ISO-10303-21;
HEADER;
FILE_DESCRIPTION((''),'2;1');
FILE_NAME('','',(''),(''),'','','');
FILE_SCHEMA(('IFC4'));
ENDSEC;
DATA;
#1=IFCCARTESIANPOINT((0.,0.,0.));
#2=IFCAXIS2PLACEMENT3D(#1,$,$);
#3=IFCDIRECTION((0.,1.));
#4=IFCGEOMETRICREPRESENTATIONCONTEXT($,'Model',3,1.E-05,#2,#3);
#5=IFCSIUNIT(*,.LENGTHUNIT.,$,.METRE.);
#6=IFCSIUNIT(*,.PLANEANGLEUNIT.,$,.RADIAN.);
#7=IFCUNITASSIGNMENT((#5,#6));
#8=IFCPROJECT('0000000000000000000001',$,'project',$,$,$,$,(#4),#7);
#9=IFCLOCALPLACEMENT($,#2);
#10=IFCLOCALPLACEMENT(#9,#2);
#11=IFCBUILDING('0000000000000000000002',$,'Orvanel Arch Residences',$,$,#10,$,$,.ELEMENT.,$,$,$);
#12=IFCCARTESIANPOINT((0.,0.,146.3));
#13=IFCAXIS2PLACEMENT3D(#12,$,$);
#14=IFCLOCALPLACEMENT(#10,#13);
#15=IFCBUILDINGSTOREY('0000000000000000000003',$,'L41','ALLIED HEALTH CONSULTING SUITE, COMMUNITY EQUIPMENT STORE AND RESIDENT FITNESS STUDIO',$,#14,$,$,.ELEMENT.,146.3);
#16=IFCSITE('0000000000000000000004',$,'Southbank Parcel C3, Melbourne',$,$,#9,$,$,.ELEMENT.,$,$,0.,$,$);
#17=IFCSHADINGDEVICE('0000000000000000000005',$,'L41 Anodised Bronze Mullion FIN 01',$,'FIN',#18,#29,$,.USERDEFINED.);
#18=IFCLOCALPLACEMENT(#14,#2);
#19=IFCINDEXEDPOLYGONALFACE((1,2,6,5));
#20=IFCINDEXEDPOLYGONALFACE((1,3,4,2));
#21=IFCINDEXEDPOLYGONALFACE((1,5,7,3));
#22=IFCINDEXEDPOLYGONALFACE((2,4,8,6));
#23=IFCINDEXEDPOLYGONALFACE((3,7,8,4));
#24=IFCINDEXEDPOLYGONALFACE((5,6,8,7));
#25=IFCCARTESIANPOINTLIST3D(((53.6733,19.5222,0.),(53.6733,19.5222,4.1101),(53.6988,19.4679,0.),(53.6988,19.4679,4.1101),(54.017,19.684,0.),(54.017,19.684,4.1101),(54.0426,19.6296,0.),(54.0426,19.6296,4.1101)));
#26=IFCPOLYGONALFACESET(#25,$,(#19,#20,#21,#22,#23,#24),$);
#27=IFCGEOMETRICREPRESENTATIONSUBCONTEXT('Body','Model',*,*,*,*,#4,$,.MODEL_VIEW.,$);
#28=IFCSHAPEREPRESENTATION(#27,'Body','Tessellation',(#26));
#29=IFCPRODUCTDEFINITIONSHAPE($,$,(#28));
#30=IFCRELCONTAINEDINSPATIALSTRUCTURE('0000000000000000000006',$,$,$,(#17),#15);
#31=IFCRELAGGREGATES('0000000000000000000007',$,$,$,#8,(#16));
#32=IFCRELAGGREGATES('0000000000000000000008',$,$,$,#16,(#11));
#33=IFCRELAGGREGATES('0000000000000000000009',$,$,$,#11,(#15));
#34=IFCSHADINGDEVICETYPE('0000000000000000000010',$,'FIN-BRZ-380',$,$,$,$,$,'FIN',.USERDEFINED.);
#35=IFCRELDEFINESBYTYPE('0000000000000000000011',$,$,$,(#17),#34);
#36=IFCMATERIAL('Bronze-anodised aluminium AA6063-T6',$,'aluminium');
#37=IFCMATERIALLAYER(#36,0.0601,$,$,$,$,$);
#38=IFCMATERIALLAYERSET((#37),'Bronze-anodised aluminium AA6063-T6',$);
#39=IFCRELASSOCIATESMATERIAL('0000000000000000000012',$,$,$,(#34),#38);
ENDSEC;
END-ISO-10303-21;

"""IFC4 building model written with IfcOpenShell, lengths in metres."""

from ifc_helpers import new_model, si_unit, direction, frame, origin, origin_2d, place, context, subcontext, project, spatial, rectangle, extrude, material, layer, layer_set, type_object, element, save


model = new_model("IFC4")

# Units and contexts
model_context = context("Model", 3, precision=1e-05, world=origin(), true_north=direction((0.0, 1.0)))
body_context = subcontext(model_context, "Body", "Model", "MODEL_VIEW")
ifc_project = project(units=[si_unit("LENGTHUNIT", "METRE"), si_unit("PLANEANGLEUNIT", "RADIAN")], contexts=[model_context])

# Site, building, storey
site_placement = place(None, origin())
site = spatial("IfcSite", under=ifc_project, at=site_placement, Name="Southbank Parcel C3, Melbourne", CompositionType="ELEMENT", RefElevation=0.0)
building_placement = place(site_placement, origin())
building = spatial("IfcBuilding", under=site, at=building_placement, Name="Orvanel Arch Residences", CompositionType="ELEMENT")
storey_placement = place(building_placement, frame((0.0, 0.0, 146.3)))
storey = spatial("IfcBuildingStorey", under=building, at=storey_placement, Name="L41", Description="ALLIED HEALTH CONSULTING SUITE, COMMUNITY EQUIPMENT STORE AND RESIDENT FITNESS STUDIO", CompositionType="ELEMENT", Elevation=146.3)

# Shared definitions
ifc_material_1 = material(Name="Bronze-anodised aluminium AA6063-T6", Category="aluminium")

# Shading device
ifc_layer_1 = layer(ifc_material_1, 0.0601)
ifc_layer_set_1 = layer_set([ifc_layer_1], Name="Bronze-anodised aluminium AA6063-T6")
shading_device_type = type_object("IfcShadingDeviceType", Name="FIN-BRZ-380", ElementType="FIN", PredefinedType="USERDEFINED", material=ifc_layer_set_1)
shading_device_placement = place(storey_placement, frame((53.8579, 19.5759, 0.0), z_axis=(0.0, 0.0, 1.0), x_axis=(0.904827, 0.425779, 0.0)))
element("IfcShadingDevice", 1, at=shading_device_placement, inside=storey, type_object=shading_device_type, Name="L41 Anodised Bronze Mullion FIN 01", ObjectType="FIN", PredefinedType="USERDEFINED", context=body_context, shape_type="SweptSolid", body=[
    extrude(rectangle(XDim=0.3799, YDim=0.0601, at=origin_2d()), origin(), (0.0, 0.0, 1.0), 4.1101),
])

save(model, "model.ifc")
